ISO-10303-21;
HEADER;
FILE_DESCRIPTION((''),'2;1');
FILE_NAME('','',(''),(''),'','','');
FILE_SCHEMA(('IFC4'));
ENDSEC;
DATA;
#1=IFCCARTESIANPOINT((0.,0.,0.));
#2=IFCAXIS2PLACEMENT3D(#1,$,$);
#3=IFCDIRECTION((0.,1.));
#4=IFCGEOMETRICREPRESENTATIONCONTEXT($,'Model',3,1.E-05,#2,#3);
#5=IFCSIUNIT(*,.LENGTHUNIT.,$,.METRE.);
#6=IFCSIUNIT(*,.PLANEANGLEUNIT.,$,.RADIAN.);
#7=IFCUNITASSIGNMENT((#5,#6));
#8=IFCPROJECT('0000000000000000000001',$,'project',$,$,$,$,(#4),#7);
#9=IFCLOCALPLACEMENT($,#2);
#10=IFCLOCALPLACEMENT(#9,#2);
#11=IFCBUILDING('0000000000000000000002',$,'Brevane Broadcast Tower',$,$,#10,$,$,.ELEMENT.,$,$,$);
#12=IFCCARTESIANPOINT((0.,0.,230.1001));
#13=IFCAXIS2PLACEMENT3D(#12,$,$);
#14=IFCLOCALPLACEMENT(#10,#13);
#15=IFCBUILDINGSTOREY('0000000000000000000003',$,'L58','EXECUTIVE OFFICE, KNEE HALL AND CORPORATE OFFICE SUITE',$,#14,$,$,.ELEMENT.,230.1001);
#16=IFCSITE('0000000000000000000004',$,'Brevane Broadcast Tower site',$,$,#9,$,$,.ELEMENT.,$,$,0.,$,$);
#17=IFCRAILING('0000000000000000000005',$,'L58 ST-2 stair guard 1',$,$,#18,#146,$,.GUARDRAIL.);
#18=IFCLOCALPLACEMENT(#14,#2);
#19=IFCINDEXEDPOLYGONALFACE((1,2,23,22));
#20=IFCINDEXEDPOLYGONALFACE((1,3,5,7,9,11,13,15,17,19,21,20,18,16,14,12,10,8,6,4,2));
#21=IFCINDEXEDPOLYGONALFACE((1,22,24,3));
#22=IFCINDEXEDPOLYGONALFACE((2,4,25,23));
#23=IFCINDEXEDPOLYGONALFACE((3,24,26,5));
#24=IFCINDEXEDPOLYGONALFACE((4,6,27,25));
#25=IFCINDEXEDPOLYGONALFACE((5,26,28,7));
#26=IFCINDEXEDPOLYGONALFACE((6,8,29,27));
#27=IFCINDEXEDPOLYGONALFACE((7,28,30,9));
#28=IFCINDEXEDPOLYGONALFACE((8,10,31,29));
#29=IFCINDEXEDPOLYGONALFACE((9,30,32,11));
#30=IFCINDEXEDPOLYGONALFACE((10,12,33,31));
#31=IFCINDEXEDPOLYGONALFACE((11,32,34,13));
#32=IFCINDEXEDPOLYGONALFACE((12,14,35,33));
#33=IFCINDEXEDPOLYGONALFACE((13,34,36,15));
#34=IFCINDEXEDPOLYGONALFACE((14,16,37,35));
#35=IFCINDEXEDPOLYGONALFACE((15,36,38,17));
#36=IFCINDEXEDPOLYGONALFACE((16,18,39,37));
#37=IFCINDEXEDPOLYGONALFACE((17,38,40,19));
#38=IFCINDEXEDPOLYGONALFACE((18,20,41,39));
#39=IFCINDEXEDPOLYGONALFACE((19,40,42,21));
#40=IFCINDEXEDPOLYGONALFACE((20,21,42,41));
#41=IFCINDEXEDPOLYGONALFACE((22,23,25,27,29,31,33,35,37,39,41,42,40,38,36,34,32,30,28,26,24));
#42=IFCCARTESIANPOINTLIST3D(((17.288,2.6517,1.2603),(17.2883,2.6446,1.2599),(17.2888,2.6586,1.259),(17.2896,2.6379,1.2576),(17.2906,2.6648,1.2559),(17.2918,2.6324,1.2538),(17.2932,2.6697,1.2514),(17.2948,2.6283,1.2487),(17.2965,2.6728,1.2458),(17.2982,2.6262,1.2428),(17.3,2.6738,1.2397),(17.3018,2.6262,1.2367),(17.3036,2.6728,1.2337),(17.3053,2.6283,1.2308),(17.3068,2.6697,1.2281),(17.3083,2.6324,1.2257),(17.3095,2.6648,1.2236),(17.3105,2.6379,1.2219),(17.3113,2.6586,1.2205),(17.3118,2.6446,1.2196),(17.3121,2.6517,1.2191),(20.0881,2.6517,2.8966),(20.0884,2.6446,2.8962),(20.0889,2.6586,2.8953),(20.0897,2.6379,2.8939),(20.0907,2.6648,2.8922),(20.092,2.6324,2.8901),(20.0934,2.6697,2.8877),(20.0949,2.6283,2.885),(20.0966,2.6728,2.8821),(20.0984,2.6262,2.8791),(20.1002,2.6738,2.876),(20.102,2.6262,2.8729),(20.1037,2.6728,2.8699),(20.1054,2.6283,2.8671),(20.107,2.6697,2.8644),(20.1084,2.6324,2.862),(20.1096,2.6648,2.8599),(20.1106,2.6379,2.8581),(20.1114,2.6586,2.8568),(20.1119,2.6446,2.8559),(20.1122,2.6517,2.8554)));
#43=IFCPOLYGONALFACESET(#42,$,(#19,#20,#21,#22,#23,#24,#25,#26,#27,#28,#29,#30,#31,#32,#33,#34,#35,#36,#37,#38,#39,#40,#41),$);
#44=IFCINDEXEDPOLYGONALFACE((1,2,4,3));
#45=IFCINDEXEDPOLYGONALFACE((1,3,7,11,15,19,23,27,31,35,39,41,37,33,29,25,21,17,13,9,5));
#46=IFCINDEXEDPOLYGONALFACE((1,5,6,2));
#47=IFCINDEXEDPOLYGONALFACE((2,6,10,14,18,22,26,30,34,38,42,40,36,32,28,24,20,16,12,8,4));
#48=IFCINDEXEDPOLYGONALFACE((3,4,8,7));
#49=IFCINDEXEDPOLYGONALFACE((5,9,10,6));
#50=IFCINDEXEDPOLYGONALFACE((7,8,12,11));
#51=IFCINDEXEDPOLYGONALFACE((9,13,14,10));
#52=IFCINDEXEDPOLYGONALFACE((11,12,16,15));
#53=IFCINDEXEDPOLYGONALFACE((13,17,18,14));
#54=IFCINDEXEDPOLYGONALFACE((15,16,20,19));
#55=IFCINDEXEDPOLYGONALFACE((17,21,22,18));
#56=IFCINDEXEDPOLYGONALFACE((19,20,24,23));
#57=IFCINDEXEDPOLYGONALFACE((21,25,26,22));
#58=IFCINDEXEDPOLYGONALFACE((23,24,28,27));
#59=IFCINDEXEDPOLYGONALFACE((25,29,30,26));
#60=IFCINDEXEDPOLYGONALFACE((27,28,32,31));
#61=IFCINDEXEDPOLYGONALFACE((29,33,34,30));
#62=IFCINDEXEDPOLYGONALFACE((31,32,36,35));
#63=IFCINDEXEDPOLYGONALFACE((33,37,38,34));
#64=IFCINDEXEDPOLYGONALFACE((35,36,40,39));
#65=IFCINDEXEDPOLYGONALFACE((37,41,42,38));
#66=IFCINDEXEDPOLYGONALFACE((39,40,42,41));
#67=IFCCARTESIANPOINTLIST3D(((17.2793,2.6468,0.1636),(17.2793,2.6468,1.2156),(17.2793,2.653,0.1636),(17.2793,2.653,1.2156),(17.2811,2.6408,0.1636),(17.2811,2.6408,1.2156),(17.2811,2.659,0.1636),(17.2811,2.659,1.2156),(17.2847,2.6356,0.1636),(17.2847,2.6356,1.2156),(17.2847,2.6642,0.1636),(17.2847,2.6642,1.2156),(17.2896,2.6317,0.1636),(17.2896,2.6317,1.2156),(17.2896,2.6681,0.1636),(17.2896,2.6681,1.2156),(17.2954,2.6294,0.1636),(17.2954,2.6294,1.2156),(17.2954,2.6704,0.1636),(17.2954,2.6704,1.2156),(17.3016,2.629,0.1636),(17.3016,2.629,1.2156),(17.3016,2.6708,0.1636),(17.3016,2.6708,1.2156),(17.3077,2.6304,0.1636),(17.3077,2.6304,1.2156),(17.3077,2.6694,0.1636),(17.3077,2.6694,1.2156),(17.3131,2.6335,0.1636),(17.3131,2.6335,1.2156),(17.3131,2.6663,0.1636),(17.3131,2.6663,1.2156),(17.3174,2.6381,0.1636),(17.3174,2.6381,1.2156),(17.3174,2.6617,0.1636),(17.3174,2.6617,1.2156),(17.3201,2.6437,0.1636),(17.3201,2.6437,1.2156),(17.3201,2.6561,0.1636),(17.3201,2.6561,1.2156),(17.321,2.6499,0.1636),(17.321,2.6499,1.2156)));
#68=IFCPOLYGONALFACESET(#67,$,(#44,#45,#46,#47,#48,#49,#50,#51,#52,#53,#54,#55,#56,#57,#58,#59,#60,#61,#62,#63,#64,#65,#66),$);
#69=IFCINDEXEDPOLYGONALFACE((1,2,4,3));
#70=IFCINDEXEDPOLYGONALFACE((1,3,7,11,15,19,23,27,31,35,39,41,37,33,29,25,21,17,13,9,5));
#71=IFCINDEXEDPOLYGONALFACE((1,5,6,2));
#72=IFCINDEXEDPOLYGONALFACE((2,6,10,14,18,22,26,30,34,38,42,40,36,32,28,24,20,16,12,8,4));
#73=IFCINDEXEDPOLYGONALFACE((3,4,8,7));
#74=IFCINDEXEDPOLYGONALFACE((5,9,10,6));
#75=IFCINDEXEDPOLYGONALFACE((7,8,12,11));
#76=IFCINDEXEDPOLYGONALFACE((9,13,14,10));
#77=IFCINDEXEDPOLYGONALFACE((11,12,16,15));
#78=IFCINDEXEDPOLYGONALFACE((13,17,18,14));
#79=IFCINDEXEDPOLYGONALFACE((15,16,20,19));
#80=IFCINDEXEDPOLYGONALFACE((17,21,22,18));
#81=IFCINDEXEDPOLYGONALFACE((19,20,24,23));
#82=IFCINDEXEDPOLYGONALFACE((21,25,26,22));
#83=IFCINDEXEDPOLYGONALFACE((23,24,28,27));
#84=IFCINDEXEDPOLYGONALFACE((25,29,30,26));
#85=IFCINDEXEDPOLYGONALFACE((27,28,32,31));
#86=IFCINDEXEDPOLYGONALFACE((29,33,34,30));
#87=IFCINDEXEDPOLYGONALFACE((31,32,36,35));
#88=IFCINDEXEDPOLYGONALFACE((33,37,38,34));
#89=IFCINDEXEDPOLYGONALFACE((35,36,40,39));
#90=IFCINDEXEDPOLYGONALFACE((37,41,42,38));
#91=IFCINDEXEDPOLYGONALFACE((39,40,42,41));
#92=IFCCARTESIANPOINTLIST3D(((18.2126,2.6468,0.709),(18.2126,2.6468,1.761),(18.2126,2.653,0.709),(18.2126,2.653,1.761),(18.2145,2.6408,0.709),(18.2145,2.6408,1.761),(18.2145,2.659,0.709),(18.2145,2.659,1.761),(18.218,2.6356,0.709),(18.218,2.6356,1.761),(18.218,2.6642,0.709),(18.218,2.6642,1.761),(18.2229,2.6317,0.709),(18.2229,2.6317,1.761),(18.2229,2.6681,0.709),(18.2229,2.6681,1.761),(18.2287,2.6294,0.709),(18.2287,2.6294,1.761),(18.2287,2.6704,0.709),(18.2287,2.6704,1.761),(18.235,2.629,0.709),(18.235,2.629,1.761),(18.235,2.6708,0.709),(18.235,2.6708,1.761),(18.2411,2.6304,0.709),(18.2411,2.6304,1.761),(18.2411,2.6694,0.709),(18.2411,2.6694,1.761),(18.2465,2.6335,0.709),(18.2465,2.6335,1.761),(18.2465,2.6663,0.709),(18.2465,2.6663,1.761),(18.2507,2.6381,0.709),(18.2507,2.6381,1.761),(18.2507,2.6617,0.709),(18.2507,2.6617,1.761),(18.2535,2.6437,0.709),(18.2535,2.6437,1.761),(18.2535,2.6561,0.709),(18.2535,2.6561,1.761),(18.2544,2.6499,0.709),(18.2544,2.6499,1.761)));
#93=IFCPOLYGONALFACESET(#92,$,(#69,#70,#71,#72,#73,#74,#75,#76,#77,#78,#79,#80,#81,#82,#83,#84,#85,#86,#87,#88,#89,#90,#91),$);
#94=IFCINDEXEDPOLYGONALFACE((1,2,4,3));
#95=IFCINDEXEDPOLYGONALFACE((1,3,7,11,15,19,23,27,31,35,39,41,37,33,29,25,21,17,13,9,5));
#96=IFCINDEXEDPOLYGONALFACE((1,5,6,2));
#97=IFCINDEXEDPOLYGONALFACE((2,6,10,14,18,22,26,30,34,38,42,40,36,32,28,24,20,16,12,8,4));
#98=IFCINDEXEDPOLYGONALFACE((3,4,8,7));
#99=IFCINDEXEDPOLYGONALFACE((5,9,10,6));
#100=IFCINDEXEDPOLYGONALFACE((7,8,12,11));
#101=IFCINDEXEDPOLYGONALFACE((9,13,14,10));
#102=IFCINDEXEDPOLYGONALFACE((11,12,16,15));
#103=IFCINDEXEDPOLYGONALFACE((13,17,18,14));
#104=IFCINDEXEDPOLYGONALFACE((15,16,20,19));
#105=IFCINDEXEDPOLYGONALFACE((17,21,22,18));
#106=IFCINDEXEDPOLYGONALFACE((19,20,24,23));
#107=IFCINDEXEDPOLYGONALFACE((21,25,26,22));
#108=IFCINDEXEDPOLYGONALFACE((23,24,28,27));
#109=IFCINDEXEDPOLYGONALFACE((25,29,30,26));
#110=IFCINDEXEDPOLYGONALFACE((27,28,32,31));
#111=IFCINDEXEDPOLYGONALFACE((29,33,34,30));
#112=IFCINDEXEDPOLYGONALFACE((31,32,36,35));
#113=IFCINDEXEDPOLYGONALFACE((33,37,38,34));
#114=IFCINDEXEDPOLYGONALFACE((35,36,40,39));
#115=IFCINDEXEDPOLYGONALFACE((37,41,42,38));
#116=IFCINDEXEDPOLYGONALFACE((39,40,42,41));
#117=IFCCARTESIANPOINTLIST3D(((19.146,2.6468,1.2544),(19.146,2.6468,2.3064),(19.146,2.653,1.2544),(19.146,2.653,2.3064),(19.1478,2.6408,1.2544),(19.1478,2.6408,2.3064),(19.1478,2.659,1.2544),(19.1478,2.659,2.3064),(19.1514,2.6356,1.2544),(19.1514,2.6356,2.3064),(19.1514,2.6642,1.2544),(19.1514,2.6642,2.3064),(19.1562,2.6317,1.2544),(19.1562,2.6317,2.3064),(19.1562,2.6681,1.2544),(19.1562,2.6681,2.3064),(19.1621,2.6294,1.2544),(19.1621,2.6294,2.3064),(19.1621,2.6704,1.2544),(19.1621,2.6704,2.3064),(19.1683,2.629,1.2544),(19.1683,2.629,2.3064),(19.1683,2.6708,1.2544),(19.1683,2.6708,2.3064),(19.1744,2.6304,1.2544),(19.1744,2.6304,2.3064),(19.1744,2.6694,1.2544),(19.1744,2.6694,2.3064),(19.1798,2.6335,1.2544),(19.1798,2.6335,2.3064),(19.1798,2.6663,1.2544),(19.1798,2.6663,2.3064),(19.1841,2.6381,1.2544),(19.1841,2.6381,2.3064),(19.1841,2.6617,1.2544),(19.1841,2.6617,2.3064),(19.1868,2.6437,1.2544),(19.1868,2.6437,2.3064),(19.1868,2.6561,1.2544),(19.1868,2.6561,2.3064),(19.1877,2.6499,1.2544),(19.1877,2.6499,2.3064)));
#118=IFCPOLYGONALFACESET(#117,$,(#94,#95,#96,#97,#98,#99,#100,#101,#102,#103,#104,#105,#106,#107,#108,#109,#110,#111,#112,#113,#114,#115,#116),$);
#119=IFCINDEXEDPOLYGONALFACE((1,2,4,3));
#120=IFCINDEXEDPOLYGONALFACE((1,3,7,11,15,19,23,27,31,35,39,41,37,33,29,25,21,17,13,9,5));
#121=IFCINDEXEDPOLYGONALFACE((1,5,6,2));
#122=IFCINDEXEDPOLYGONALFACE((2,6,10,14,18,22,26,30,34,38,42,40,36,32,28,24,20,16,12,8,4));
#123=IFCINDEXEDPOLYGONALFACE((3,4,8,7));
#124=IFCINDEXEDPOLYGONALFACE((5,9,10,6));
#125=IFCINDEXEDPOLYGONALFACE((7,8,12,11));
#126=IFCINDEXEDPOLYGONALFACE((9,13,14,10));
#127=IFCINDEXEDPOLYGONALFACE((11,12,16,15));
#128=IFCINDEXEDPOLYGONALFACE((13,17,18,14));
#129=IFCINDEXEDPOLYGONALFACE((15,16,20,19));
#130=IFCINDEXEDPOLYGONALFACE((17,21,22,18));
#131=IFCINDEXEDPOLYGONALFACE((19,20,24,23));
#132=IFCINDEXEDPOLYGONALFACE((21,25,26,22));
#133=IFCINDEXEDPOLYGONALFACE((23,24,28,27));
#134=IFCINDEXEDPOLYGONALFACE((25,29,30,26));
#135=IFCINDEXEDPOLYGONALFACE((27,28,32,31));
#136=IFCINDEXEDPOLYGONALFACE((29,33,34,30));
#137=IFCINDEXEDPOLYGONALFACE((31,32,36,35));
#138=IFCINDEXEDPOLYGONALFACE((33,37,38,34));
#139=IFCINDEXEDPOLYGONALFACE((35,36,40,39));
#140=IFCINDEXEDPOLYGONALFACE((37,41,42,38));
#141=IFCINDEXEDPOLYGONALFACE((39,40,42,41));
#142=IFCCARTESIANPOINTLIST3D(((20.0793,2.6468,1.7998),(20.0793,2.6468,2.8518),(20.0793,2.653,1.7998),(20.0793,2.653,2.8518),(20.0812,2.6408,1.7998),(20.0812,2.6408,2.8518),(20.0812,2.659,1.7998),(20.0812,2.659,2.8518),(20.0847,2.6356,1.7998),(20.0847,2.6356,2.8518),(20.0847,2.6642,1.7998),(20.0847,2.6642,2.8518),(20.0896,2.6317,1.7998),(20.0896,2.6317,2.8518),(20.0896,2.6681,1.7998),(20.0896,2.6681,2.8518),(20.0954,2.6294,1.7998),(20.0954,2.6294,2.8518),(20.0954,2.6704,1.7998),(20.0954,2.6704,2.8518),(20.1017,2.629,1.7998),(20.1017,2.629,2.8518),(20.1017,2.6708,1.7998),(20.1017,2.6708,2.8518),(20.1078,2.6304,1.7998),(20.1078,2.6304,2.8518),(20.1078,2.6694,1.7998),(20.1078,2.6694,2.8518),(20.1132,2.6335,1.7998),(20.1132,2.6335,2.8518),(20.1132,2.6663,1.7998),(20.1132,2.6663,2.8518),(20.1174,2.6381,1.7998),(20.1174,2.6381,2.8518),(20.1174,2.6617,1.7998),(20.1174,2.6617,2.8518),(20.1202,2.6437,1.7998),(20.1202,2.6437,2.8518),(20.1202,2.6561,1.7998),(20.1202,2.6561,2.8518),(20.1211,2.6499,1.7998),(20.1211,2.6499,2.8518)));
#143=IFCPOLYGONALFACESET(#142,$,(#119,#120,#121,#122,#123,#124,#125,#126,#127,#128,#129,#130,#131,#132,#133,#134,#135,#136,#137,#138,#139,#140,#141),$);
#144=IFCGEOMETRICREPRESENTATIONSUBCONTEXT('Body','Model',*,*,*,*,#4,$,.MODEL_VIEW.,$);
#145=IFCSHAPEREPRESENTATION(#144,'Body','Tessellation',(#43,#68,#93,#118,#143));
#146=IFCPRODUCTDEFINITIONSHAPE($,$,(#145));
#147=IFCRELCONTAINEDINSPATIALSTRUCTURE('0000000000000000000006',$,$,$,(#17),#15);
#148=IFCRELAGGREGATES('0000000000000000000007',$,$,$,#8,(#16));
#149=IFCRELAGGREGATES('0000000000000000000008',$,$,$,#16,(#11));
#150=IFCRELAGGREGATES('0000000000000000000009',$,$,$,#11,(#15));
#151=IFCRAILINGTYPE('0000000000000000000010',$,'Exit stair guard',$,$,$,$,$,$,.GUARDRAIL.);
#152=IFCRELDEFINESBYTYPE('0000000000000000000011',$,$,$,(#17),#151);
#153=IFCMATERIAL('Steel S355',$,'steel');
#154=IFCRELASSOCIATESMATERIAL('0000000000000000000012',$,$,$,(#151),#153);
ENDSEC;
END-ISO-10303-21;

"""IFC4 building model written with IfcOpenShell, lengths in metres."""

from ifc_helpers import new_model, si_unit, direction, frame, origin, origin_2d, place, context, subcontext, project, spatial, circle, extrude, material, type_object, element, save


model = new_model("IFC4")

# Units and contexts
model_context = context("Model", 3, precision=1e-05, world=origin(), true_north=direction((0.0, 1.0)))
body_context = subcontext(model_context, "Body", "Model", "MODEL_VIEW")
ifc_project = project(units=[si_unit("LENGTHUNIT", "METRE"), si_unit("PLANEANGLEUNIT", "RADIAN")], contexts=[model_context])

# Site, building, storey
site_placement = place(None, origin())
site = spatial("IfcSite", under=ifc_project, at=site_placement, Name="Brevane Broadcast Tower site", CompositionType="ELEMENT", RefElevation=0.0)
building_placement = place(site_placement, origin())
building = spatial("IfcBuilding", under=site, at=building_placement, Name="Brevane Broadcast Tower", CompositionType="ELEMENT")
storey_placement = place(building_placement, frame((0.0, 0.0, 230.1001)))
storey = spatial("IfcBuildingStorey", under=building, at=storey_placement, Name="L58", Description="EXECUTIVE OFFICE, KNEE HALL AND CORPORATE OFFICE SUITE", CompositionType="ELEMENT", Elevation=230.1001)

# Railing
ifc_material_1 = material(Name="Steel S355", Category="steel")
railing_type_1 = type_object("IfcRailingType", Name="Exit stair guard", PredefinedType="GUARDRAIL", material=ifc_material_1)
railing_1_placement = place(storey_placement, frame((17.3, 2.6499, 0.1636)))
element("IfcRailing", 1, at=railing_1_placement, inside=storey, type_object=railing_type_1, Name="L58 ST-2 stair guard 1", PredefinedType="GUARDRAIL", context=body_context, shape_type="SweptSolid", body=[
    extrude(circle(Radius=0.0239, at=origin_2d()), frame((0.0, 0.0, 1.0762), z_axis=(0.863394, 0.0, 0.504531), x_axis=(0.0, 1.0, 0.0)), (0.0, 0.0, 1.0), 3.2432),
    extrude(circle(Radius=0.021, at=origin_2d()), origin(), (0.0, 0.0, 1.0), 1.052),
    extrude(circle(Radius=0.021, at=origin_2d()), frame((0.9333, 0.0, 0.5454)), (0.0, 0.0, 1.0), 1.052),
    extrude(circle(Radius=0.021, at=origin_2d()), frame((1.8667, 0.0, 1.0908)), (0.0, 0.0, 1.0), 1.052),
    extrude(circle(Radius=0.021, at=origin_2d()), frame((2.8, 0.0, 1.6362)), (0.0, 0.0, 1.0), 1.052),
])

save(model, "model.ifc")
